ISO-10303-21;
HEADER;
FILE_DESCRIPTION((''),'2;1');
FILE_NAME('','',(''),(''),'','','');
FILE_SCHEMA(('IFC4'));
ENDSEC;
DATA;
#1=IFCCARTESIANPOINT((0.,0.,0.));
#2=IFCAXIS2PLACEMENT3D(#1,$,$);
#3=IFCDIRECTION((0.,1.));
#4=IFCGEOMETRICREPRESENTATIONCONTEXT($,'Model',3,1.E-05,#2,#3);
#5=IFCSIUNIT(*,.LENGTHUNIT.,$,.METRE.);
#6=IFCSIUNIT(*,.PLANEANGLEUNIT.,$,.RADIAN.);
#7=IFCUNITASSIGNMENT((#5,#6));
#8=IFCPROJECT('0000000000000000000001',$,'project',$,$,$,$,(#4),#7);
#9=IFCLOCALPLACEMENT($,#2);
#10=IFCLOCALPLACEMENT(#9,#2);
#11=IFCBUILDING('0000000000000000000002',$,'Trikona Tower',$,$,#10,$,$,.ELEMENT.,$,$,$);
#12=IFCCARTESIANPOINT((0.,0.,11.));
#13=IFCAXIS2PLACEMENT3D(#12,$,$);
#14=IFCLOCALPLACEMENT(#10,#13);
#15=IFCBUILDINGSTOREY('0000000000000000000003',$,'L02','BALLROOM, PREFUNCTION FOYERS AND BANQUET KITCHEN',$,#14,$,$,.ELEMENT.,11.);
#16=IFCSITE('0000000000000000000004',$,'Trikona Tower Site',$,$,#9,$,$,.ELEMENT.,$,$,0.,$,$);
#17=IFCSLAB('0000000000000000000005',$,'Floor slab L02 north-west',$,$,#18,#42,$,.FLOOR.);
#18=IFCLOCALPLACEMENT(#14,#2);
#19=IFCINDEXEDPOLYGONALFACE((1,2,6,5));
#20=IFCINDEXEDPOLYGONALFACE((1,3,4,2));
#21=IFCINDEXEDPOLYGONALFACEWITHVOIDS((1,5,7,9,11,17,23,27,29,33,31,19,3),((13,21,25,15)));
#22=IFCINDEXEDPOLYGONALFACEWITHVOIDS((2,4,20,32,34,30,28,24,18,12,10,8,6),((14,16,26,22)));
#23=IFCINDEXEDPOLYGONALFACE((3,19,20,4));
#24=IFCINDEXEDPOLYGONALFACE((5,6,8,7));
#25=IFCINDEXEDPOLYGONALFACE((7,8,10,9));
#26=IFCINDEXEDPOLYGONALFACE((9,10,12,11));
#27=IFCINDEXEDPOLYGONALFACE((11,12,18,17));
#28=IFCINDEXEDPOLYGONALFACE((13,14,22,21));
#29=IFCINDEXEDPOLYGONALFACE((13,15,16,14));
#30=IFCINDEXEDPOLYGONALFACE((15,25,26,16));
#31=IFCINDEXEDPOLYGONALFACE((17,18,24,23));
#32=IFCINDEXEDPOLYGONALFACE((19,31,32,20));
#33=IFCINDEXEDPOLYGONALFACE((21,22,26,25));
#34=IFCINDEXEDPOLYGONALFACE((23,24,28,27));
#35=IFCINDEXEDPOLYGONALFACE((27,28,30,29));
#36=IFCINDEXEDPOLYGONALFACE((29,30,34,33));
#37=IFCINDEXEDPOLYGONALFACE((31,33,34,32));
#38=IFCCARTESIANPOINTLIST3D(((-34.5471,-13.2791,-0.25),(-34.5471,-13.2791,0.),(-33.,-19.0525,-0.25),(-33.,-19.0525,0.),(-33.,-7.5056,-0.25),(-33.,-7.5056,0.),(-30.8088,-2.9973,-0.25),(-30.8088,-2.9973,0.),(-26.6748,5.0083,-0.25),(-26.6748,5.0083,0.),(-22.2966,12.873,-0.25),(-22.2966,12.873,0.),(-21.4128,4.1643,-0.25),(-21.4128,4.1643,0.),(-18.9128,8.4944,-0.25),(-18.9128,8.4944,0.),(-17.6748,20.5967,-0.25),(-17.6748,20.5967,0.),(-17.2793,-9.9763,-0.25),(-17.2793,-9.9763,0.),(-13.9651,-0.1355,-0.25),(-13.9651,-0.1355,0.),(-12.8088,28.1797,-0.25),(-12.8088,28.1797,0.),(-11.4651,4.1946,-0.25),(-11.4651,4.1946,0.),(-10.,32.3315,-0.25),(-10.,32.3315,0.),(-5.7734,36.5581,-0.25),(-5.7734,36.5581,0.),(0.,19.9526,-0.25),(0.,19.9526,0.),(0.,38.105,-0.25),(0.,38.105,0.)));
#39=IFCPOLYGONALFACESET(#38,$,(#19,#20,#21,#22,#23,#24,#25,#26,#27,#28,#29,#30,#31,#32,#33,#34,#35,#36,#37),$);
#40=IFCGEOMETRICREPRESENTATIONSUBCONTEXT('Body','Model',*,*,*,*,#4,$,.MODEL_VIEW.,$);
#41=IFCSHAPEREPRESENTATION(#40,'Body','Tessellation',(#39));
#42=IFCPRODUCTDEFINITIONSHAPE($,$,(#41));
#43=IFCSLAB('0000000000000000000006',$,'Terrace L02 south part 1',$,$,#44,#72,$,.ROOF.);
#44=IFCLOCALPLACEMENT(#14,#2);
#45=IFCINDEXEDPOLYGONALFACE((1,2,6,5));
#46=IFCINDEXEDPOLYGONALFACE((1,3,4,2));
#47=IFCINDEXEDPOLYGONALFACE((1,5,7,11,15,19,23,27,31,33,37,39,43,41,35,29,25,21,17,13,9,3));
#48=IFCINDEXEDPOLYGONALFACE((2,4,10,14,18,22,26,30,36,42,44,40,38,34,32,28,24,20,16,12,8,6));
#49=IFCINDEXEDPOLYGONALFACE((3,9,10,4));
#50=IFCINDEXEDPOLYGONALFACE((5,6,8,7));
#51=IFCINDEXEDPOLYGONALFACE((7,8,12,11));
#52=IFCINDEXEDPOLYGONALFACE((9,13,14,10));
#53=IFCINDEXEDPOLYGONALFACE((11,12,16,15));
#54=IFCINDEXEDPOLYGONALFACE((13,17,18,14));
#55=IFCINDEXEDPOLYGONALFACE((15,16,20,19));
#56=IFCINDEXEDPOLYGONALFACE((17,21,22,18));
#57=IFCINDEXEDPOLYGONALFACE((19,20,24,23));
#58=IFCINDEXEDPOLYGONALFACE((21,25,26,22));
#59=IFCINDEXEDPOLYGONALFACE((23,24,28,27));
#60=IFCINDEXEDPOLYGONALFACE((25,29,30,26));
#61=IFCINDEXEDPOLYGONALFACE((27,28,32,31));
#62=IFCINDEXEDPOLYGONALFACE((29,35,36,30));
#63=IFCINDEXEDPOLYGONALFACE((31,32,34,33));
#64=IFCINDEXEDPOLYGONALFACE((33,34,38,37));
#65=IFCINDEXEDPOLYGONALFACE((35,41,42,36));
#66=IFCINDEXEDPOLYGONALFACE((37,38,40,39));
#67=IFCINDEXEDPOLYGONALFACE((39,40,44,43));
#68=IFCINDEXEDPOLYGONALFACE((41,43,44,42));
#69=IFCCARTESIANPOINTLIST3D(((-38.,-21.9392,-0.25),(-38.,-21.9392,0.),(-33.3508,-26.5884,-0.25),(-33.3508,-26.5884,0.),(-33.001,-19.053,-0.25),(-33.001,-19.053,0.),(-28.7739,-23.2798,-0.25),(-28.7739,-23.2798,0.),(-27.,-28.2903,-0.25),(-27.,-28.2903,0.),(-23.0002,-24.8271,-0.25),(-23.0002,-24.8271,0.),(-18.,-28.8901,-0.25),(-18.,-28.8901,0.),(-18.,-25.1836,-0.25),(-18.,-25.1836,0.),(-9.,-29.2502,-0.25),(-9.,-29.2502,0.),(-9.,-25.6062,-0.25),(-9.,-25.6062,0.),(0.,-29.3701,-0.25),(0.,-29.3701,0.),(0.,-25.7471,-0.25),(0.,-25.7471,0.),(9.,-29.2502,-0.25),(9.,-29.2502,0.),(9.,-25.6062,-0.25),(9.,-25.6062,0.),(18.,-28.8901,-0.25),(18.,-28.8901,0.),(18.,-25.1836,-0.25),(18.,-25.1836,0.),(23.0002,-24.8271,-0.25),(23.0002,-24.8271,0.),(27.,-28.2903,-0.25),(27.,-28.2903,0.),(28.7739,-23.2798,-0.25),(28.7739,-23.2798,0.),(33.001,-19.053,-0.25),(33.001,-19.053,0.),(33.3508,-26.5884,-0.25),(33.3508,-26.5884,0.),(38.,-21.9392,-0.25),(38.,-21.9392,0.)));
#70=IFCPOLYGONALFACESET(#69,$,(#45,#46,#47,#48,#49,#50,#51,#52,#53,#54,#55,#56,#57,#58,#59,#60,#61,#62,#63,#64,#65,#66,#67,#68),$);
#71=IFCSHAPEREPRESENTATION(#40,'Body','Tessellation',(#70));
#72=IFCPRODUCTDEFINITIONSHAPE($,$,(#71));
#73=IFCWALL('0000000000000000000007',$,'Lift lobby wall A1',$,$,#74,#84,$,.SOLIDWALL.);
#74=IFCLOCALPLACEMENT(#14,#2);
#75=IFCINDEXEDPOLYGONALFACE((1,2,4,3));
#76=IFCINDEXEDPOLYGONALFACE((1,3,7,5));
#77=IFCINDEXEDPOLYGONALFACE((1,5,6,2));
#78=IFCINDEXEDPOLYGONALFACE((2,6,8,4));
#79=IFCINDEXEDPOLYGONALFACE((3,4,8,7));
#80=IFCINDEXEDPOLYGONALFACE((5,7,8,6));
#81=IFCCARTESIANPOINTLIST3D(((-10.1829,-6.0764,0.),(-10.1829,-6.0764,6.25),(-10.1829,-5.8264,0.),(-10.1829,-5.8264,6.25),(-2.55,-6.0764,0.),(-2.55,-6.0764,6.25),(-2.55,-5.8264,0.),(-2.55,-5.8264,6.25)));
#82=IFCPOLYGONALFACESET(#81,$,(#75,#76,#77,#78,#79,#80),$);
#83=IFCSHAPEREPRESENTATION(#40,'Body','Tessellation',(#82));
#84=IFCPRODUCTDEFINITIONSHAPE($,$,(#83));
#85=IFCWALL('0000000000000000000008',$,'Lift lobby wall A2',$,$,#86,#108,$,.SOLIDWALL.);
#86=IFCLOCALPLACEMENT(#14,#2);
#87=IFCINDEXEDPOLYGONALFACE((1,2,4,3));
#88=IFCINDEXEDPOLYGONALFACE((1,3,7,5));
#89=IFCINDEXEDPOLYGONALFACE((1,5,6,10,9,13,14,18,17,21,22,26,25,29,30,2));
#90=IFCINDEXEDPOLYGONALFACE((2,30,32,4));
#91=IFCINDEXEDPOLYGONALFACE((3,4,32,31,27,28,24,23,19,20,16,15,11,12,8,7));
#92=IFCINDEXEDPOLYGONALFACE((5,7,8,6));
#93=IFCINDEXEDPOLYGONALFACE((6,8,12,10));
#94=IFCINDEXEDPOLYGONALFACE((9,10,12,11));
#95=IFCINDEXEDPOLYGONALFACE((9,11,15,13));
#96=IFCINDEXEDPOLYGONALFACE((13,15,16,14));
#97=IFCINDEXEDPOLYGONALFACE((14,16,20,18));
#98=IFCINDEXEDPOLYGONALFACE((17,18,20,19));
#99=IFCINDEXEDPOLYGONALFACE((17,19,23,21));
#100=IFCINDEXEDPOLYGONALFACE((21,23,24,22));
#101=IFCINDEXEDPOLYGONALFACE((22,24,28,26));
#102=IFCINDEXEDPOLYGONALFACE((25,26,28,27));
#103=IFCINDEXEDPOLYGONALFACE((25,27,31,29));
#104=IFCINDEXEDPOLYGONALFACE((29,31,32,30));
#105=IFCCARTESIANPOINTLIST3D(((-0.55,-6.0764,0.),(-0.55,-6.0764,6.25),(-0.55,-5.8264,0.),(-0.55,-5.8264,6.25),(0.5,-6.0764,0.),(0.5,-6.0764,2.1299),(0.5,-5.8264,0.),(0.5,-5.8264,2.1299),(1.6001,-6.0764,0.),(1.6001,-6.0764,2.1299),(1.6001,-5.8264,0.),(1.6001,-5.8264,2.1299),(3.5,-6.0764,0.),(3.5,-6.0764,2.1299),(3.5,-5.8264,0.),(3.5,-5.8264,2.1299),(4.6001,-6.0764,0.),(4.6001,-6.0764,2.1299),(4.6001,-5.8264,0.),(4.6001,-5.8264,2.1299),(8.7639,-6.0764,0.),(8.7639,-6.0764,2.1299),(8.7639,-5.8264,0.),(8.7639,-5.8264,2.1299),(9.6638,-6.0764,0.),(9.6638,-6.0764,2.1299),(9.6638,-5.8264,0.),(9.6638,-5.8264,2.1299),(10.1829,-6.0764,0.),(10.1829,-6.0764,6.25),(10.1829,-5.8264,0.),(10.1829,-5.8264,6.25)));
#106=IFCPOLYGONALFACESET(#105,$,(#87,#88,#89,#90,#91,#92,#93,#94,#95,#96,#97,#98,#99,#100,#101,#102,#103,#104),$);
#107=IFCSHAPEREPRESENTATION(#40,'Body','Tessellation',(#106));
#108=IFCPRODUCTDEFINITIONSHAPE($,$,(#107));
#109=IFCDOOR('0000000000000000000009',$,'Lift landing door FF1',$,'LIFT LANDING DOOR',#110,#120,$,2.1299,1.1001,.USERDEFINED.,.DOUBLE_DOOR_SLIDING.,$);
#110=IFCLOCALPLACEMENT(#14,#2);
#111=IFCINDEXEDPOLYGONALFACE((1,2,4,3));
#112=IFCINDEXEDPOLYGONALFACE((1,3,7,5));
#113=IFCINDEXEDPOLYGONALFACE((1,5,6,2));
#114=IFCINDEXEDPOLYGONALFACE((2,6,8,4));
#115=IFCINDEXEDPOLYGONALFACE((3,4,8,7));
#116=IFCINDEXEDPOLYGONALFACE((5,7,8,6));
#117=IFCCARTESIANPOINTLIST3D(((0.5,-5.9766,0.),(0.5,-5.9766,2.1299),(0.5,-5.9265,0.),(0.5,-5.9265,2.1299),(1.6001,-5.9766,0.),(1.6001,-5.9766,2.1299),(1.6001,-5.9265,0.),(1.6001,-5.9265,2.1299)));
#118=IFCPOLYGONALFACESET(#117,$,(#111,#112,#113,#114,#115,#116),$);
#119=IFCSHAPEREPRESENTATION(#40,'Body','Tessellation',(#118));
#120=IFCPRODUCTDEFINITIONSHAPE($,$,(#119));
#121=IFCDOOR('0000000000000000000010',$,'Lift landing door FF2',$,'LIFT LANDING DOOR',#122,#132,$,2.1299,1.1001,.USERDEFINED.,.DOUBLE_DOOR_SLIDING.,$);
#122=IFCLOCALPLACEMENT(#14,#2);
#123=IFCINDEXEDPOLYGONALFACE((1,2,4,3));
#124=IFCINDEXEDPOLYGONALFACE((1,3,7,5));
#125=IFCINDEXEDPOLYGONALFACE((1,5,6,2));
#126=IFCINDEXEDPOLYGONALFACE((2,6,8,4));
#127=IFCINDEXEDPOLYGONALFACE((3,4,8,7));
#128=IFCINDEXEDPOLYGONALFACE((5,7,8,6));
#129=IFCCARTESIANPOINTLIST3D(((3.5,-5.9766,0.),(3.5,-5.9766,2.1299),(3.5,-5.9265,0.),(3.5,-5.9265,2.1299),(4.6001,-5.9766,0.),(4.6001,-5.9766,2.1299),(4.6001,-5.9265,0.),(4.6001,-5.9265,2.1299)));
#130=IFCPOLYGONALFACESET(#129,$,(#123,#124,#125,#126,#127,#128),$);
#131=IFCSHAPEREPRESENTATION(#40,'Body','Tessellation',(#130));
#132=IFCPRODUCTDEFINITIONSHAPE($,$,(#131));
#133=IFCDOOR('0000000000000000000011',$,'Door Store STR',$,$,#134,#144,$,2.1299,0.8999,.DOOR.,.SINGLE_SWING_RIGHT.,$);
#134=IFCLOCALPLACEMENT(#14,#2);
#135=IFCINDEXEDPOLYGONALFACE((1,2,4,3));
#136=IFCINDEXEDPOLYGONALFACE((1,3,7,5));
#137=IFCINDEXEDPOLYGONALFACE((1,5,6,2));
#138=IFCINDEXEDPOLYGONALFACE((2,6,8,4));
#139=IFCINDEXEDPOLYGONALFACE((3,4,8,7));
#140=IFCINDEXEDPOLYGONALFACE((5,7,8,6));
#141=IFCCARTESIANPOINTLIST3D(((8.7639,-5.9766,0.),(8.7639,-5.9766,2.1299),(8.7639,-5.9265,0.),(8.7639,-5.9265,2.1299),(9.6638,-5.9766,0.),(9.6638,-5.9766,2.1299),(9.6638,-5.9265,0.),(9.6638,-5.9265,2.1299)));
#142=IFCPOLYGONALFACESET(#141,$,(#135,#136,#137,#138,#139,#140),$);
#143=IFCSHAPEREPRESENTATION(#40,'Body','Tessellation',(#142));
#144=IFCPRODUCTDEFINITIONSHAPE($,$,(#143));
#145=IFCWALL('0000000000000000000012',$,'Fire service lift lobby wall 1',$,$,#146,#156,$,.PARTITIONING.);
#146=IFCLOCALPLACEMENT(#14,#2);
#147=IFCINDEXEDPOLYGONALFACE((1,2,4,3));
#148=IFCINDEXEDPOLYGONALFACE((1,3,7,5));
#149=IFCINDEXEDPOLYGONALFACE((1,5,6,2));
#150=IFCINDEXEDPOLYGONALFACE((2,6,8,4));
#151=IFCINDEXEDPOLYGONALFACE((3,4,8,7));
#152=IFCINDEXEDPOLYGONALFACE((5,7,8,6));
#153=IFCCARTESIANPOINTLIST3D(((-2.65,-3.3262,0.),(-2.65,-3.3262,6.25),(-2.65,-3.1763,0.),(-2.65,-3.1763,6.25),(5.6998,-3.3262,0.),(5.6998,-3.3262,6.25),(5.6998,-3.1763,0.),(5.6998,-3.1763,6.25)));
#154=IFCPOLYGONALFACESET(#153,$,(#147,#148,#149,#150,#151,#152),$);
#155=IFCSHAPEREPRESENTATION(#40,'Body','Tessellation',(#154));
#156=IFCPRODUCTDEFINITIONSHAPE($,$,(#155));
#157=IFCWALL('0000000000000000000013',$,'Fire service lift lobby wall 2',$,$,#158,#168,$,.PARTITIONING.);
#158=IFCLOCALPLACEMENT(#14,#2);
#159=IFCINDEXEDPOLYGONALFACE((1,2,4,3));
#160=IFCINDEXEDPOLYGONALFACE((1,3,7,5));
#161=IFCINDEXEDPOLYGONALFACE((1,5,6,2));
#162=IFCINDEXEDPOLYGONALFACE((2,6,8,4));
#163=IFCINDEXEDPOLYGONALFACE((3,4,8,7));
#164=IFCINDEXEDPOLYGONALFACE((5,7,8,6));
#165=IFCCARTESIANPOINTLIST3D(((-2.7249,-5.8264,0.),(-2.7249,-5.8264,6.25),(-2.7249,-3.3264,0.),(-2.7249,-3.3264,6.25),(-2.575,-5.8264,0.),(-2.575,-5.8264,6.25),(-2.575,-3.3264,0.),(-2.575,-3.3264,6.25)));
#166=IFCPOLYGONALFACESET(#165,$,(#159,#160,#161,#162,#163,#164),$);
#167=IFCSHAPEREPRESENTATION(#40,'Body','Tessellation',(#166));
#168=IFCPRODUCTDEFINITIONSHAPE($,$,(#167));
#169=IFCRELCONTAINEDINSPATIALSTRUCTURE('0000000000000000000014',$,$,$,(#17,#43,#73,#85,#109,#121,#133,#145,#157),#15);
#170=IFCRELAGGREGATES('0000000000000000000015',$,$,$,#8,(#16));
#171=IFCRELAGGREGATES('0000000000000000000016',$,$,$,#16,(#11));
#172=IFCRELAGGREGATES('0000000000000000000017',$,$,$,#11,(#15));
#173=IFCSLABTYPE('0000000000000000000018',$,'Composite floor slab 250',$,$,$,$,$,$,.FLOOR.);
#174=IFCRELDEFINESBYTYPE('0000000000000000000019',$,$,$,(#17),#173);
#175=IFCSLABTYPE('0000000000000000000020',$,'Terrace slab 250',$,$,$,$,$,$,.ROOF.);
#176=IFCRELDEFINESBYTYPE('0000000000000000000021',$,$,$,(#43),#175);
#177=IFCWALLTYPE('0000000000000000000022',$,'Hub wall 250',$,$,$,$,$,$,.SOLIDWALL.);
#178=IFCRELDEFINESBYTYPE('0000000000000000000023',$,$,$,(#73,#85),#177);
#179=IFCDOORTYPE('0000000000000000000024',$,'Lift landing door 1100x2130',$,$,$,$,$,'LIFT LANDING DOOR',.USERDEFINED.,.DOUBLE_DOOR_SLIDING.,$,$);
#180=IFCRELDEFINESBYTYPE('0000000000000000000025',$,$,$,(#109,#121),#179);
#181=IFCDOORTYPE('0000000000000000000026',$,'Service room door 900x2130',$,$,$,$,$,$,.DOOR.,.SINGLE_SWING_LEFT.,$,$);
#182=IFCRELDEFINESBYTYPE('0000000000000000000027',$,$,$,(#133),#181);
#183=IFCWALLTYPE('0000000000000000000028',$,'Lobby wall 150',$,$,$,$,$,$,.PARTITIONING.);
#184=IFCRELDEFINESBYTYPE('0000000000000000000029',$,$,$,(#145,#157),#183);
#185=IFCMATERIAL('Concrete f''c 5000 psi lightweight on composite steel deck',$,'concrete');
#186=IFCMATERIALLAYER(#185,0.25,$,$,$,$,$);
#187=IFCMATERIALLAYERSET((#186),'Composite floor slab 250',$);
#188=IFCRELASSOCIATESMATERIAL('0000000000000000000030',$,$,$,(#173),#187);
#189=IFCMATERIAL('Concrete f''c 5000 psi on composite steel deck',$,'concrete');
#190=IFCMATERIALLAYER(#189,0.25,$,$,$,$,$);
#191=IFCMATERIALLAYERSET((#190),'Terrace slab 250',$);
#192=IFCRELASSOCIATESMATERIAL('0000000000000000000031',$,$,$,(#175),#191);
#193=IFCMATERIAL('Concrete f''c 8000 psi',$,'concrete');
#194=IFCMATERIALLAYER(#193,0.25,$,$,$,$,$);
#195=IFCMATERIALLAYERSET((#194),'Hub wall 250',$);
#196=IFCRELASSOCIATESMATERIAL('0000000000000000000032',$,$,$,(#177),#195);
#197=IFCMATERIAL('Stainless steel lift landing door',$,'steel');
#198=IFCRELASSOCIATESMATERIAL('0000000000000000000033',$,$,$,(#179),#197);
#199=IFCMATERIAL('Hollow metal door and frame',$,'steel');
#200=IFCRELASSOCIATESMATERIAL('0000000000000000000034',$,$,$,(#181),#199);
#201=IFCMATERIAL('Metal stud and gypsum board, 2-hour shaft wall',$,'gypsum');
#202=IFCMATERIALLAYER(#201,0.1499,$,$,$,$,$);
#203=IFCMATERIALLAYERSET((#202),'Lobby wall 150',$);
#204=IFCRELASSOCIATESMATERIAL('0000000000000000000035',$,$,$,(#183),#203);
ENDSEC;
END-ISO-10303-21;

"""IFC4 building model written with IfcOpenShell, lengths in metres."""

from ifc_helpers import new_model, si_unit, direction, frame, frame_2d, origin, place, context, subcontext, project, spatial, polyline, rectangle, outline, extrude, material, layer, layer_set, type_object, element, fill, save


model = new_model("IFC4")

# Units and contexts
model_context = context("Model", 3, precision=1e-05, world=origin(), true_north=direction((0.0, 1.0)))
body_context = subcontext(model_context, "Body", "Model", "MODEL_VIEW")
ifc_project = project(units=[si_unit("LENGTHUNIT", "METRE"), si_unit("PLANEANGLEUNIT", "RADIAN")], contexts=[model_context])

# Site, building, storey
site_placement = place(None, origin())
site = spatial("IfcSite", under=ifc_project, at=site_placement, Name="Trikona Tower Site", CompositionType="ELEMENT", RefElevation=0.0)
building_placement = place(site_placement, origin())
building = spatial("IfcBuilding", under=site, at=building_placement, Name="Trikona Tower", CompositionType="ELEMENT")
storey_placement = place(building_placement, frame((0.0, 0.0, 11.0)))
storey = spatial("IfcBuildingStorey", under=building, at=storey_placement, Name="L02", Description="BALLROOM, PREFUNCTION FOYERS AND BANQUET KITCHEN", CompositionType="ELEMENT", Elevation=11.0)

# Slabs
ifc_material_1 = material(Name="Concrete f'c 5000 psi lightweight on composite steel deck", Category="concrete")
ifc_layer_1 = layer(ifc_material_1, 0.25)
ifc_layer_set_1 = layer_set([ifc_layer_1], Name="Composite floor slab 250")
slab_type_1 = type_object("IfcSlabType", Name="Composite floor slab 250", PredefinedType="FLOOR", material=ifc_layer_set_1)
slab_1_placement = place(storey_placement, frame((0.0, 0.0, -0.25)))
element("IfcSlab", 1, at=slab_1_placement, inside=storey, type_object=slab_type_1, Name="Floor slab L02 north-west", PredefinedType="FLOOR", context=body_context, shape_type="SweptSolid", body=[
    extrude(outline(polyline([(-34.5471, -13.2791), (-33.0, -19.0525), (-17.2793, -9.9763), (0.0, 19.9526), (0.0, 38.105), (-5.7734, 36.5581), (-10.0, 32.3315), (-12.8088, 28.1797), (-17.6748, 20.5967), (-22.2966, 12.873), (-26.6748, 5.0083), (-30.8088, -2.9973), (-33.0, -7.5056), (-34.5471, -13.2791)]), holes=[polyline([(-13.9651, -0.1355), (-11.4651, 4.1946), (-18.9128, 8.4944), (-21.4128, 4.1643), (-13.9651, -0.1355)])]), origin(), (0.0, 0.0, 1.0), 0.25),
])
ifc_material_2 = material(Name="Concrete f'c 5000 psi on composite steel deck", Category="concrete")
ifc_layer_2 = layer(ifc_material_2, 0.25)
ifc_layer_set_2 = layer_set([ifc_layer_2], Name="Terrace slab 250")
slab_type_2 = type_object("IfcSlabType", Name="Terrace slab 250", PredefinedType="ROOF", material=ifc_layer_set_2)
slab_2_placement = place(storey_placement, frame((0.0, 0.0, -0.25)))
element("IfcSlab", 2, at=slab_2_placement, inside=storey, type_object=slab_type_2, Name="Terrace L02 south part 1", PredefinedType="ROOF", context=body_context, shape_type="SweptSolid", body=[
    extrude(outline(polyline([(-38.0, -21.9392), (-33.3508, -26.5884), (-27.0, -28.2903), (-18.0, -28.8901), (-9.0, -29.2502), (0.0, -29.3701), (9.0, -29.2502), (18.0, -28.8901), (27.0, -28.2903), (33.3508, -26.5884), (38.0, -21.9392), (33.001, -19.053), (28.7739, -23.2798), (23.0002, -24.8271), (18.0, -25.1836), (9.0, -25.6062), (0.0, -25.7471), (-9.0, -25.6062), (-18.0, -25.1836), (-23.0002, -24.8271), (-28.7739, -23.2798), (-33.001, -19.053), (-38.0, -21.9392)])), origin(), (0.0, 0.0, 1.0), 0.25),
])

# Wall
ifc_material_3 = material(Name="Concrete f'c 8000 psi", Category="concrete")
ifc_layer_3 = layer(ifc_material_3, 0.25)
ifc_layer_set_3 = layer_set([ifc_layer_3], Name="Hub wall 250")
wall_type_1 = type_object("IfcWallType", Name="Hub wall 250", PredefinedType="SOLIDWALL", material=ifc_layer_set_3)
wall_1_placement = place(storey_placement, frame((-10.1829, -5.9514, 0.0), z_axis=(0.0, 0.0, 1.0), x_axis=(1.0, 0.0, 0.0)))
element("IfcWall", 3, at=wall_1_placement, inside=storey, type_object=wall_type_1, Name="Lift lobby wall A1", PredefinedType="SOLIDWALL", context=body_context, shape_type="SweptSolid", body=[
    extrude(rectangle(XDim=7.6328, YDim=0.25, at=frame_2d((3.8164, 0.0))), origin(), (0.0, 0.0, 1.0), 6.25),
])

# Wall, openings, doors
wall_2_placement = place(storey_placement, frame((-0.55, -5.9514, 0.0), z_axis=(0.0, 0.0, 1.0), x_axis=(1.0, 0.0, 0.0)))
wall_2 = element("IfcWall", 4, at=wall_2_placement, inside=storey, type_object=wall_type_1, Name="Lift lobby wall A2", PredefinedType="SOLIDWALL", context=body_context, shape_type="SweptSolid", body=[
    extrude(rectangle(XDim=10.7329, YDim=0.25, at=frame_2d((5.3665, 0.0))), origin(), (0.0, 0.0, 1.0), 6.25),
])
opening_1_placement = place(wall_2_placement, frame((9.314, 0.0, 0.0)))
opening_1 = element("IfcOpeningElement", 5, at=opening_1_placement, cuts=wall_2, PredefinedType="OPENING", context=body_context, shape_type="SweptSolid", body=[
    extrude(rectangle(XDim=0.8999, YDim=2.1299, at=frame_2d((0.45, 1.0649))), frame((0.0, 0.135, 0.0), z_axis=(0.0, -1.0, 0.0), x_axis=(1.0, 0.0, 0.0)), (0.0, 0.0, 1.0), 0.27),
])
opening_2_placement = place(wall_2_placement, frame((1.05, 0.0, 0.0)))
opening_2 = element("IfcOpeningElement", 6, at=opening_2_placement, cuts=wall_2, PredefinedType="OPENING", context=body_context, shape_type="SweptSolid", body=[
    extrude(rectangle(XDim=1.1001, YDim=2.1299, at=frame_2d((0.55, 1.0649))), frame((0.0, 0.135, 0.0), z_axis=(0.0, -1.0, 0.0), x_axis=(1.0, 0.0, 0.0)), (0.0, 0.0, 1.0), 0.27),
])
opening_3_placement = place(wall_2_placement, frame((4.05, 0.0, 0.0)))
opening_3 = element("IfcOpeningElement", 7, at=opening_3_placement, cuts=wall_2, PredefinedType="OPENING", context=body_context, shape_type="SweptSolid", body=[
    extrude(rectangle(XDim=1.1001, YDim=2.1299, at=frame_2d((0.55, 1.0649))), frame((0.0, 0.135, 0.0), z_axis=(0.0, -1.0, 0.0), x_axis=(1.0, 0.0, 0.0)), (0.0, 0.0, 1.0), 0.27),
])
ifc_material_4 = material(Name="Stainless steel lift landing door", Category="steel")
door_type_1 = type_object("IfcDoorType", Name="Lift landing door 1100x2130", ElementType="LIFT LANDING DOOR", OperationType="DOUBLE_DOOR_SLIDING", PredefinedType="USERDEFINED", material=ifc_material_4)
door_1_placement = place(opening_2_placement, origin())
door_1 = element("IfcDoor", 8, at=door_1_placement, inside=storey, type_object=door_type_1, Name="Lift landing door FF1", ObjectType="LIFT LANDING DOOR", OperationType="DOUBLE_DOOR_SLIDING", OverallHeight=2.1299, OverallWidth=1.1001, PredefinedType="USERDEFINED", context=body_context, shape_type="SweptSolid", body=[
    extrude(rectangle(XDim=1.1001, YDim=2.1299, at=frame_2d((0.55, 1.0649))), frame((0.0, 0.0249, 0.0), z_axis=(0.0, -1.0, 0.0), x_axis=(1.0, 0.0, 0.0)), (0.0, 0.0, 1.0), 0.05),
])
fill(opening_2, door_1)
door_2_placement = place(opening_3_placement, origin())
door_2 = element("IfcDoor", 9, at=door_2_placement, inside=storey, type_object=door_type_1, Name="Lift landing door FF2", ObjectType="LIFT LANDING DOOR", OperationType="DOUBLE_DOOR_SLIDING", OverallHeight=2.1299, OverallWidth=1.1001, PredefinedType="USERDEFINED", context=body_context, shape_type="SweptSolid", body=[
    extrude(rectangle(XDim=1.1001, YDim=2.1299, at=frame_2d((0.55, 1.0649))), frame((0.0, 0.0249, 0.0), z_axis=(0.0, -1.0, 0.0), x_axis=(1.0, 0.0, 0.0)), (0.0, 0.0, 1.0), 0.05),
])
fill(opening_3, door_2)
ifc_material_5 = material(Name="Hollow metal door and frame", Category="steel")
door_type_2 = type_object("IfcDoorType", Name="Service room door 900x2130", OperationType="SINGLE_SWING_LEFT", PredefinedType="DOOR", material=ifc_material_5)
door_3_placement = place(opening_1_placement, origin())
door_3 = element("IfcDoor", 10, at=door_3_placement, inside=storey, type_object=door_type_2, Name="Door Store STR", OperationType="SINGLE_SWING_RIGHT", OverallHeight=2.1299, OverallWidth=0.8999, PredefinedType="DOOR", context=body_context, shape_type="SweptSolid", body=[
    extrude(rectangle(XDim=0.8999, YDim=2.1299, at=frame_2d((0.45, 1.0649))), frame((0.0, 0.0249, 0.0), z_axis=(0.0, -1.0, 0.0), x_axis=(1.0, 0.0, 0.0)), (0.0, 0.0, 1.0), 0.05),
])
fill(opening_1, door_3)

# Walls
ifc_material_6 = material(Name="Metal stud and gypsum board, 2-hour shaft wall", Category="gypsum")
ifc_layer_4 = layer(ifc_material_6, 0.1499)
ifc_layer_set_4 = layer_set([ifc_layer_4], Name="Lobby wall 150")
wall_type_2 = type_object("IfcWallType", Name="Lobby wall 150", PredefinedType="PARTITIONING", material=ifc_layer_set_4)
wall_3_placement = place(storey_placement, frame((-2.6499, -3.2512, 0.0), z_axis=(0.0, 0.0, 1.0), x_axis=(1.0, 0.0, 0.0)))
element("IfcWall", 11, at=wall_3_placement, inside=storey, type_object=wall_type_2, Name="Fire service lift lobby wall 1", PredefinedType="PARTITIONING", context=body_context, shape_type="SweptSolid", body=[
    extrude(rectangle(XDim=8.3499, YDim=0.1499, at=frame_2d((4.1748, 0.0))), origin(), (0.0, 0.0, 1.0), 6.25),
])
wall_4_placement = place(storey_placement, frame((-2.6499, -5.8264, 0.0), z_axis=(0.0, 0.0, 1.0), x_axis=(0.0, 1.0, 0.0)))
element("IfcWall", 12, at=wall_4_placement, inside=storey, type_object=wall_type_2, Name="Fire service lift lobby wall 2", PredefinedType="PARTITIONING", context=body_context, shape_type="SweptSolid", body=[
    extrude(rectangle(XDim=2.5, YDim=0.1499, at=frame_2d((1.25, 0.0))), origin(), (0.0, 0.0, 1.0), 6.25),
])

save(model, "model.ifc")
